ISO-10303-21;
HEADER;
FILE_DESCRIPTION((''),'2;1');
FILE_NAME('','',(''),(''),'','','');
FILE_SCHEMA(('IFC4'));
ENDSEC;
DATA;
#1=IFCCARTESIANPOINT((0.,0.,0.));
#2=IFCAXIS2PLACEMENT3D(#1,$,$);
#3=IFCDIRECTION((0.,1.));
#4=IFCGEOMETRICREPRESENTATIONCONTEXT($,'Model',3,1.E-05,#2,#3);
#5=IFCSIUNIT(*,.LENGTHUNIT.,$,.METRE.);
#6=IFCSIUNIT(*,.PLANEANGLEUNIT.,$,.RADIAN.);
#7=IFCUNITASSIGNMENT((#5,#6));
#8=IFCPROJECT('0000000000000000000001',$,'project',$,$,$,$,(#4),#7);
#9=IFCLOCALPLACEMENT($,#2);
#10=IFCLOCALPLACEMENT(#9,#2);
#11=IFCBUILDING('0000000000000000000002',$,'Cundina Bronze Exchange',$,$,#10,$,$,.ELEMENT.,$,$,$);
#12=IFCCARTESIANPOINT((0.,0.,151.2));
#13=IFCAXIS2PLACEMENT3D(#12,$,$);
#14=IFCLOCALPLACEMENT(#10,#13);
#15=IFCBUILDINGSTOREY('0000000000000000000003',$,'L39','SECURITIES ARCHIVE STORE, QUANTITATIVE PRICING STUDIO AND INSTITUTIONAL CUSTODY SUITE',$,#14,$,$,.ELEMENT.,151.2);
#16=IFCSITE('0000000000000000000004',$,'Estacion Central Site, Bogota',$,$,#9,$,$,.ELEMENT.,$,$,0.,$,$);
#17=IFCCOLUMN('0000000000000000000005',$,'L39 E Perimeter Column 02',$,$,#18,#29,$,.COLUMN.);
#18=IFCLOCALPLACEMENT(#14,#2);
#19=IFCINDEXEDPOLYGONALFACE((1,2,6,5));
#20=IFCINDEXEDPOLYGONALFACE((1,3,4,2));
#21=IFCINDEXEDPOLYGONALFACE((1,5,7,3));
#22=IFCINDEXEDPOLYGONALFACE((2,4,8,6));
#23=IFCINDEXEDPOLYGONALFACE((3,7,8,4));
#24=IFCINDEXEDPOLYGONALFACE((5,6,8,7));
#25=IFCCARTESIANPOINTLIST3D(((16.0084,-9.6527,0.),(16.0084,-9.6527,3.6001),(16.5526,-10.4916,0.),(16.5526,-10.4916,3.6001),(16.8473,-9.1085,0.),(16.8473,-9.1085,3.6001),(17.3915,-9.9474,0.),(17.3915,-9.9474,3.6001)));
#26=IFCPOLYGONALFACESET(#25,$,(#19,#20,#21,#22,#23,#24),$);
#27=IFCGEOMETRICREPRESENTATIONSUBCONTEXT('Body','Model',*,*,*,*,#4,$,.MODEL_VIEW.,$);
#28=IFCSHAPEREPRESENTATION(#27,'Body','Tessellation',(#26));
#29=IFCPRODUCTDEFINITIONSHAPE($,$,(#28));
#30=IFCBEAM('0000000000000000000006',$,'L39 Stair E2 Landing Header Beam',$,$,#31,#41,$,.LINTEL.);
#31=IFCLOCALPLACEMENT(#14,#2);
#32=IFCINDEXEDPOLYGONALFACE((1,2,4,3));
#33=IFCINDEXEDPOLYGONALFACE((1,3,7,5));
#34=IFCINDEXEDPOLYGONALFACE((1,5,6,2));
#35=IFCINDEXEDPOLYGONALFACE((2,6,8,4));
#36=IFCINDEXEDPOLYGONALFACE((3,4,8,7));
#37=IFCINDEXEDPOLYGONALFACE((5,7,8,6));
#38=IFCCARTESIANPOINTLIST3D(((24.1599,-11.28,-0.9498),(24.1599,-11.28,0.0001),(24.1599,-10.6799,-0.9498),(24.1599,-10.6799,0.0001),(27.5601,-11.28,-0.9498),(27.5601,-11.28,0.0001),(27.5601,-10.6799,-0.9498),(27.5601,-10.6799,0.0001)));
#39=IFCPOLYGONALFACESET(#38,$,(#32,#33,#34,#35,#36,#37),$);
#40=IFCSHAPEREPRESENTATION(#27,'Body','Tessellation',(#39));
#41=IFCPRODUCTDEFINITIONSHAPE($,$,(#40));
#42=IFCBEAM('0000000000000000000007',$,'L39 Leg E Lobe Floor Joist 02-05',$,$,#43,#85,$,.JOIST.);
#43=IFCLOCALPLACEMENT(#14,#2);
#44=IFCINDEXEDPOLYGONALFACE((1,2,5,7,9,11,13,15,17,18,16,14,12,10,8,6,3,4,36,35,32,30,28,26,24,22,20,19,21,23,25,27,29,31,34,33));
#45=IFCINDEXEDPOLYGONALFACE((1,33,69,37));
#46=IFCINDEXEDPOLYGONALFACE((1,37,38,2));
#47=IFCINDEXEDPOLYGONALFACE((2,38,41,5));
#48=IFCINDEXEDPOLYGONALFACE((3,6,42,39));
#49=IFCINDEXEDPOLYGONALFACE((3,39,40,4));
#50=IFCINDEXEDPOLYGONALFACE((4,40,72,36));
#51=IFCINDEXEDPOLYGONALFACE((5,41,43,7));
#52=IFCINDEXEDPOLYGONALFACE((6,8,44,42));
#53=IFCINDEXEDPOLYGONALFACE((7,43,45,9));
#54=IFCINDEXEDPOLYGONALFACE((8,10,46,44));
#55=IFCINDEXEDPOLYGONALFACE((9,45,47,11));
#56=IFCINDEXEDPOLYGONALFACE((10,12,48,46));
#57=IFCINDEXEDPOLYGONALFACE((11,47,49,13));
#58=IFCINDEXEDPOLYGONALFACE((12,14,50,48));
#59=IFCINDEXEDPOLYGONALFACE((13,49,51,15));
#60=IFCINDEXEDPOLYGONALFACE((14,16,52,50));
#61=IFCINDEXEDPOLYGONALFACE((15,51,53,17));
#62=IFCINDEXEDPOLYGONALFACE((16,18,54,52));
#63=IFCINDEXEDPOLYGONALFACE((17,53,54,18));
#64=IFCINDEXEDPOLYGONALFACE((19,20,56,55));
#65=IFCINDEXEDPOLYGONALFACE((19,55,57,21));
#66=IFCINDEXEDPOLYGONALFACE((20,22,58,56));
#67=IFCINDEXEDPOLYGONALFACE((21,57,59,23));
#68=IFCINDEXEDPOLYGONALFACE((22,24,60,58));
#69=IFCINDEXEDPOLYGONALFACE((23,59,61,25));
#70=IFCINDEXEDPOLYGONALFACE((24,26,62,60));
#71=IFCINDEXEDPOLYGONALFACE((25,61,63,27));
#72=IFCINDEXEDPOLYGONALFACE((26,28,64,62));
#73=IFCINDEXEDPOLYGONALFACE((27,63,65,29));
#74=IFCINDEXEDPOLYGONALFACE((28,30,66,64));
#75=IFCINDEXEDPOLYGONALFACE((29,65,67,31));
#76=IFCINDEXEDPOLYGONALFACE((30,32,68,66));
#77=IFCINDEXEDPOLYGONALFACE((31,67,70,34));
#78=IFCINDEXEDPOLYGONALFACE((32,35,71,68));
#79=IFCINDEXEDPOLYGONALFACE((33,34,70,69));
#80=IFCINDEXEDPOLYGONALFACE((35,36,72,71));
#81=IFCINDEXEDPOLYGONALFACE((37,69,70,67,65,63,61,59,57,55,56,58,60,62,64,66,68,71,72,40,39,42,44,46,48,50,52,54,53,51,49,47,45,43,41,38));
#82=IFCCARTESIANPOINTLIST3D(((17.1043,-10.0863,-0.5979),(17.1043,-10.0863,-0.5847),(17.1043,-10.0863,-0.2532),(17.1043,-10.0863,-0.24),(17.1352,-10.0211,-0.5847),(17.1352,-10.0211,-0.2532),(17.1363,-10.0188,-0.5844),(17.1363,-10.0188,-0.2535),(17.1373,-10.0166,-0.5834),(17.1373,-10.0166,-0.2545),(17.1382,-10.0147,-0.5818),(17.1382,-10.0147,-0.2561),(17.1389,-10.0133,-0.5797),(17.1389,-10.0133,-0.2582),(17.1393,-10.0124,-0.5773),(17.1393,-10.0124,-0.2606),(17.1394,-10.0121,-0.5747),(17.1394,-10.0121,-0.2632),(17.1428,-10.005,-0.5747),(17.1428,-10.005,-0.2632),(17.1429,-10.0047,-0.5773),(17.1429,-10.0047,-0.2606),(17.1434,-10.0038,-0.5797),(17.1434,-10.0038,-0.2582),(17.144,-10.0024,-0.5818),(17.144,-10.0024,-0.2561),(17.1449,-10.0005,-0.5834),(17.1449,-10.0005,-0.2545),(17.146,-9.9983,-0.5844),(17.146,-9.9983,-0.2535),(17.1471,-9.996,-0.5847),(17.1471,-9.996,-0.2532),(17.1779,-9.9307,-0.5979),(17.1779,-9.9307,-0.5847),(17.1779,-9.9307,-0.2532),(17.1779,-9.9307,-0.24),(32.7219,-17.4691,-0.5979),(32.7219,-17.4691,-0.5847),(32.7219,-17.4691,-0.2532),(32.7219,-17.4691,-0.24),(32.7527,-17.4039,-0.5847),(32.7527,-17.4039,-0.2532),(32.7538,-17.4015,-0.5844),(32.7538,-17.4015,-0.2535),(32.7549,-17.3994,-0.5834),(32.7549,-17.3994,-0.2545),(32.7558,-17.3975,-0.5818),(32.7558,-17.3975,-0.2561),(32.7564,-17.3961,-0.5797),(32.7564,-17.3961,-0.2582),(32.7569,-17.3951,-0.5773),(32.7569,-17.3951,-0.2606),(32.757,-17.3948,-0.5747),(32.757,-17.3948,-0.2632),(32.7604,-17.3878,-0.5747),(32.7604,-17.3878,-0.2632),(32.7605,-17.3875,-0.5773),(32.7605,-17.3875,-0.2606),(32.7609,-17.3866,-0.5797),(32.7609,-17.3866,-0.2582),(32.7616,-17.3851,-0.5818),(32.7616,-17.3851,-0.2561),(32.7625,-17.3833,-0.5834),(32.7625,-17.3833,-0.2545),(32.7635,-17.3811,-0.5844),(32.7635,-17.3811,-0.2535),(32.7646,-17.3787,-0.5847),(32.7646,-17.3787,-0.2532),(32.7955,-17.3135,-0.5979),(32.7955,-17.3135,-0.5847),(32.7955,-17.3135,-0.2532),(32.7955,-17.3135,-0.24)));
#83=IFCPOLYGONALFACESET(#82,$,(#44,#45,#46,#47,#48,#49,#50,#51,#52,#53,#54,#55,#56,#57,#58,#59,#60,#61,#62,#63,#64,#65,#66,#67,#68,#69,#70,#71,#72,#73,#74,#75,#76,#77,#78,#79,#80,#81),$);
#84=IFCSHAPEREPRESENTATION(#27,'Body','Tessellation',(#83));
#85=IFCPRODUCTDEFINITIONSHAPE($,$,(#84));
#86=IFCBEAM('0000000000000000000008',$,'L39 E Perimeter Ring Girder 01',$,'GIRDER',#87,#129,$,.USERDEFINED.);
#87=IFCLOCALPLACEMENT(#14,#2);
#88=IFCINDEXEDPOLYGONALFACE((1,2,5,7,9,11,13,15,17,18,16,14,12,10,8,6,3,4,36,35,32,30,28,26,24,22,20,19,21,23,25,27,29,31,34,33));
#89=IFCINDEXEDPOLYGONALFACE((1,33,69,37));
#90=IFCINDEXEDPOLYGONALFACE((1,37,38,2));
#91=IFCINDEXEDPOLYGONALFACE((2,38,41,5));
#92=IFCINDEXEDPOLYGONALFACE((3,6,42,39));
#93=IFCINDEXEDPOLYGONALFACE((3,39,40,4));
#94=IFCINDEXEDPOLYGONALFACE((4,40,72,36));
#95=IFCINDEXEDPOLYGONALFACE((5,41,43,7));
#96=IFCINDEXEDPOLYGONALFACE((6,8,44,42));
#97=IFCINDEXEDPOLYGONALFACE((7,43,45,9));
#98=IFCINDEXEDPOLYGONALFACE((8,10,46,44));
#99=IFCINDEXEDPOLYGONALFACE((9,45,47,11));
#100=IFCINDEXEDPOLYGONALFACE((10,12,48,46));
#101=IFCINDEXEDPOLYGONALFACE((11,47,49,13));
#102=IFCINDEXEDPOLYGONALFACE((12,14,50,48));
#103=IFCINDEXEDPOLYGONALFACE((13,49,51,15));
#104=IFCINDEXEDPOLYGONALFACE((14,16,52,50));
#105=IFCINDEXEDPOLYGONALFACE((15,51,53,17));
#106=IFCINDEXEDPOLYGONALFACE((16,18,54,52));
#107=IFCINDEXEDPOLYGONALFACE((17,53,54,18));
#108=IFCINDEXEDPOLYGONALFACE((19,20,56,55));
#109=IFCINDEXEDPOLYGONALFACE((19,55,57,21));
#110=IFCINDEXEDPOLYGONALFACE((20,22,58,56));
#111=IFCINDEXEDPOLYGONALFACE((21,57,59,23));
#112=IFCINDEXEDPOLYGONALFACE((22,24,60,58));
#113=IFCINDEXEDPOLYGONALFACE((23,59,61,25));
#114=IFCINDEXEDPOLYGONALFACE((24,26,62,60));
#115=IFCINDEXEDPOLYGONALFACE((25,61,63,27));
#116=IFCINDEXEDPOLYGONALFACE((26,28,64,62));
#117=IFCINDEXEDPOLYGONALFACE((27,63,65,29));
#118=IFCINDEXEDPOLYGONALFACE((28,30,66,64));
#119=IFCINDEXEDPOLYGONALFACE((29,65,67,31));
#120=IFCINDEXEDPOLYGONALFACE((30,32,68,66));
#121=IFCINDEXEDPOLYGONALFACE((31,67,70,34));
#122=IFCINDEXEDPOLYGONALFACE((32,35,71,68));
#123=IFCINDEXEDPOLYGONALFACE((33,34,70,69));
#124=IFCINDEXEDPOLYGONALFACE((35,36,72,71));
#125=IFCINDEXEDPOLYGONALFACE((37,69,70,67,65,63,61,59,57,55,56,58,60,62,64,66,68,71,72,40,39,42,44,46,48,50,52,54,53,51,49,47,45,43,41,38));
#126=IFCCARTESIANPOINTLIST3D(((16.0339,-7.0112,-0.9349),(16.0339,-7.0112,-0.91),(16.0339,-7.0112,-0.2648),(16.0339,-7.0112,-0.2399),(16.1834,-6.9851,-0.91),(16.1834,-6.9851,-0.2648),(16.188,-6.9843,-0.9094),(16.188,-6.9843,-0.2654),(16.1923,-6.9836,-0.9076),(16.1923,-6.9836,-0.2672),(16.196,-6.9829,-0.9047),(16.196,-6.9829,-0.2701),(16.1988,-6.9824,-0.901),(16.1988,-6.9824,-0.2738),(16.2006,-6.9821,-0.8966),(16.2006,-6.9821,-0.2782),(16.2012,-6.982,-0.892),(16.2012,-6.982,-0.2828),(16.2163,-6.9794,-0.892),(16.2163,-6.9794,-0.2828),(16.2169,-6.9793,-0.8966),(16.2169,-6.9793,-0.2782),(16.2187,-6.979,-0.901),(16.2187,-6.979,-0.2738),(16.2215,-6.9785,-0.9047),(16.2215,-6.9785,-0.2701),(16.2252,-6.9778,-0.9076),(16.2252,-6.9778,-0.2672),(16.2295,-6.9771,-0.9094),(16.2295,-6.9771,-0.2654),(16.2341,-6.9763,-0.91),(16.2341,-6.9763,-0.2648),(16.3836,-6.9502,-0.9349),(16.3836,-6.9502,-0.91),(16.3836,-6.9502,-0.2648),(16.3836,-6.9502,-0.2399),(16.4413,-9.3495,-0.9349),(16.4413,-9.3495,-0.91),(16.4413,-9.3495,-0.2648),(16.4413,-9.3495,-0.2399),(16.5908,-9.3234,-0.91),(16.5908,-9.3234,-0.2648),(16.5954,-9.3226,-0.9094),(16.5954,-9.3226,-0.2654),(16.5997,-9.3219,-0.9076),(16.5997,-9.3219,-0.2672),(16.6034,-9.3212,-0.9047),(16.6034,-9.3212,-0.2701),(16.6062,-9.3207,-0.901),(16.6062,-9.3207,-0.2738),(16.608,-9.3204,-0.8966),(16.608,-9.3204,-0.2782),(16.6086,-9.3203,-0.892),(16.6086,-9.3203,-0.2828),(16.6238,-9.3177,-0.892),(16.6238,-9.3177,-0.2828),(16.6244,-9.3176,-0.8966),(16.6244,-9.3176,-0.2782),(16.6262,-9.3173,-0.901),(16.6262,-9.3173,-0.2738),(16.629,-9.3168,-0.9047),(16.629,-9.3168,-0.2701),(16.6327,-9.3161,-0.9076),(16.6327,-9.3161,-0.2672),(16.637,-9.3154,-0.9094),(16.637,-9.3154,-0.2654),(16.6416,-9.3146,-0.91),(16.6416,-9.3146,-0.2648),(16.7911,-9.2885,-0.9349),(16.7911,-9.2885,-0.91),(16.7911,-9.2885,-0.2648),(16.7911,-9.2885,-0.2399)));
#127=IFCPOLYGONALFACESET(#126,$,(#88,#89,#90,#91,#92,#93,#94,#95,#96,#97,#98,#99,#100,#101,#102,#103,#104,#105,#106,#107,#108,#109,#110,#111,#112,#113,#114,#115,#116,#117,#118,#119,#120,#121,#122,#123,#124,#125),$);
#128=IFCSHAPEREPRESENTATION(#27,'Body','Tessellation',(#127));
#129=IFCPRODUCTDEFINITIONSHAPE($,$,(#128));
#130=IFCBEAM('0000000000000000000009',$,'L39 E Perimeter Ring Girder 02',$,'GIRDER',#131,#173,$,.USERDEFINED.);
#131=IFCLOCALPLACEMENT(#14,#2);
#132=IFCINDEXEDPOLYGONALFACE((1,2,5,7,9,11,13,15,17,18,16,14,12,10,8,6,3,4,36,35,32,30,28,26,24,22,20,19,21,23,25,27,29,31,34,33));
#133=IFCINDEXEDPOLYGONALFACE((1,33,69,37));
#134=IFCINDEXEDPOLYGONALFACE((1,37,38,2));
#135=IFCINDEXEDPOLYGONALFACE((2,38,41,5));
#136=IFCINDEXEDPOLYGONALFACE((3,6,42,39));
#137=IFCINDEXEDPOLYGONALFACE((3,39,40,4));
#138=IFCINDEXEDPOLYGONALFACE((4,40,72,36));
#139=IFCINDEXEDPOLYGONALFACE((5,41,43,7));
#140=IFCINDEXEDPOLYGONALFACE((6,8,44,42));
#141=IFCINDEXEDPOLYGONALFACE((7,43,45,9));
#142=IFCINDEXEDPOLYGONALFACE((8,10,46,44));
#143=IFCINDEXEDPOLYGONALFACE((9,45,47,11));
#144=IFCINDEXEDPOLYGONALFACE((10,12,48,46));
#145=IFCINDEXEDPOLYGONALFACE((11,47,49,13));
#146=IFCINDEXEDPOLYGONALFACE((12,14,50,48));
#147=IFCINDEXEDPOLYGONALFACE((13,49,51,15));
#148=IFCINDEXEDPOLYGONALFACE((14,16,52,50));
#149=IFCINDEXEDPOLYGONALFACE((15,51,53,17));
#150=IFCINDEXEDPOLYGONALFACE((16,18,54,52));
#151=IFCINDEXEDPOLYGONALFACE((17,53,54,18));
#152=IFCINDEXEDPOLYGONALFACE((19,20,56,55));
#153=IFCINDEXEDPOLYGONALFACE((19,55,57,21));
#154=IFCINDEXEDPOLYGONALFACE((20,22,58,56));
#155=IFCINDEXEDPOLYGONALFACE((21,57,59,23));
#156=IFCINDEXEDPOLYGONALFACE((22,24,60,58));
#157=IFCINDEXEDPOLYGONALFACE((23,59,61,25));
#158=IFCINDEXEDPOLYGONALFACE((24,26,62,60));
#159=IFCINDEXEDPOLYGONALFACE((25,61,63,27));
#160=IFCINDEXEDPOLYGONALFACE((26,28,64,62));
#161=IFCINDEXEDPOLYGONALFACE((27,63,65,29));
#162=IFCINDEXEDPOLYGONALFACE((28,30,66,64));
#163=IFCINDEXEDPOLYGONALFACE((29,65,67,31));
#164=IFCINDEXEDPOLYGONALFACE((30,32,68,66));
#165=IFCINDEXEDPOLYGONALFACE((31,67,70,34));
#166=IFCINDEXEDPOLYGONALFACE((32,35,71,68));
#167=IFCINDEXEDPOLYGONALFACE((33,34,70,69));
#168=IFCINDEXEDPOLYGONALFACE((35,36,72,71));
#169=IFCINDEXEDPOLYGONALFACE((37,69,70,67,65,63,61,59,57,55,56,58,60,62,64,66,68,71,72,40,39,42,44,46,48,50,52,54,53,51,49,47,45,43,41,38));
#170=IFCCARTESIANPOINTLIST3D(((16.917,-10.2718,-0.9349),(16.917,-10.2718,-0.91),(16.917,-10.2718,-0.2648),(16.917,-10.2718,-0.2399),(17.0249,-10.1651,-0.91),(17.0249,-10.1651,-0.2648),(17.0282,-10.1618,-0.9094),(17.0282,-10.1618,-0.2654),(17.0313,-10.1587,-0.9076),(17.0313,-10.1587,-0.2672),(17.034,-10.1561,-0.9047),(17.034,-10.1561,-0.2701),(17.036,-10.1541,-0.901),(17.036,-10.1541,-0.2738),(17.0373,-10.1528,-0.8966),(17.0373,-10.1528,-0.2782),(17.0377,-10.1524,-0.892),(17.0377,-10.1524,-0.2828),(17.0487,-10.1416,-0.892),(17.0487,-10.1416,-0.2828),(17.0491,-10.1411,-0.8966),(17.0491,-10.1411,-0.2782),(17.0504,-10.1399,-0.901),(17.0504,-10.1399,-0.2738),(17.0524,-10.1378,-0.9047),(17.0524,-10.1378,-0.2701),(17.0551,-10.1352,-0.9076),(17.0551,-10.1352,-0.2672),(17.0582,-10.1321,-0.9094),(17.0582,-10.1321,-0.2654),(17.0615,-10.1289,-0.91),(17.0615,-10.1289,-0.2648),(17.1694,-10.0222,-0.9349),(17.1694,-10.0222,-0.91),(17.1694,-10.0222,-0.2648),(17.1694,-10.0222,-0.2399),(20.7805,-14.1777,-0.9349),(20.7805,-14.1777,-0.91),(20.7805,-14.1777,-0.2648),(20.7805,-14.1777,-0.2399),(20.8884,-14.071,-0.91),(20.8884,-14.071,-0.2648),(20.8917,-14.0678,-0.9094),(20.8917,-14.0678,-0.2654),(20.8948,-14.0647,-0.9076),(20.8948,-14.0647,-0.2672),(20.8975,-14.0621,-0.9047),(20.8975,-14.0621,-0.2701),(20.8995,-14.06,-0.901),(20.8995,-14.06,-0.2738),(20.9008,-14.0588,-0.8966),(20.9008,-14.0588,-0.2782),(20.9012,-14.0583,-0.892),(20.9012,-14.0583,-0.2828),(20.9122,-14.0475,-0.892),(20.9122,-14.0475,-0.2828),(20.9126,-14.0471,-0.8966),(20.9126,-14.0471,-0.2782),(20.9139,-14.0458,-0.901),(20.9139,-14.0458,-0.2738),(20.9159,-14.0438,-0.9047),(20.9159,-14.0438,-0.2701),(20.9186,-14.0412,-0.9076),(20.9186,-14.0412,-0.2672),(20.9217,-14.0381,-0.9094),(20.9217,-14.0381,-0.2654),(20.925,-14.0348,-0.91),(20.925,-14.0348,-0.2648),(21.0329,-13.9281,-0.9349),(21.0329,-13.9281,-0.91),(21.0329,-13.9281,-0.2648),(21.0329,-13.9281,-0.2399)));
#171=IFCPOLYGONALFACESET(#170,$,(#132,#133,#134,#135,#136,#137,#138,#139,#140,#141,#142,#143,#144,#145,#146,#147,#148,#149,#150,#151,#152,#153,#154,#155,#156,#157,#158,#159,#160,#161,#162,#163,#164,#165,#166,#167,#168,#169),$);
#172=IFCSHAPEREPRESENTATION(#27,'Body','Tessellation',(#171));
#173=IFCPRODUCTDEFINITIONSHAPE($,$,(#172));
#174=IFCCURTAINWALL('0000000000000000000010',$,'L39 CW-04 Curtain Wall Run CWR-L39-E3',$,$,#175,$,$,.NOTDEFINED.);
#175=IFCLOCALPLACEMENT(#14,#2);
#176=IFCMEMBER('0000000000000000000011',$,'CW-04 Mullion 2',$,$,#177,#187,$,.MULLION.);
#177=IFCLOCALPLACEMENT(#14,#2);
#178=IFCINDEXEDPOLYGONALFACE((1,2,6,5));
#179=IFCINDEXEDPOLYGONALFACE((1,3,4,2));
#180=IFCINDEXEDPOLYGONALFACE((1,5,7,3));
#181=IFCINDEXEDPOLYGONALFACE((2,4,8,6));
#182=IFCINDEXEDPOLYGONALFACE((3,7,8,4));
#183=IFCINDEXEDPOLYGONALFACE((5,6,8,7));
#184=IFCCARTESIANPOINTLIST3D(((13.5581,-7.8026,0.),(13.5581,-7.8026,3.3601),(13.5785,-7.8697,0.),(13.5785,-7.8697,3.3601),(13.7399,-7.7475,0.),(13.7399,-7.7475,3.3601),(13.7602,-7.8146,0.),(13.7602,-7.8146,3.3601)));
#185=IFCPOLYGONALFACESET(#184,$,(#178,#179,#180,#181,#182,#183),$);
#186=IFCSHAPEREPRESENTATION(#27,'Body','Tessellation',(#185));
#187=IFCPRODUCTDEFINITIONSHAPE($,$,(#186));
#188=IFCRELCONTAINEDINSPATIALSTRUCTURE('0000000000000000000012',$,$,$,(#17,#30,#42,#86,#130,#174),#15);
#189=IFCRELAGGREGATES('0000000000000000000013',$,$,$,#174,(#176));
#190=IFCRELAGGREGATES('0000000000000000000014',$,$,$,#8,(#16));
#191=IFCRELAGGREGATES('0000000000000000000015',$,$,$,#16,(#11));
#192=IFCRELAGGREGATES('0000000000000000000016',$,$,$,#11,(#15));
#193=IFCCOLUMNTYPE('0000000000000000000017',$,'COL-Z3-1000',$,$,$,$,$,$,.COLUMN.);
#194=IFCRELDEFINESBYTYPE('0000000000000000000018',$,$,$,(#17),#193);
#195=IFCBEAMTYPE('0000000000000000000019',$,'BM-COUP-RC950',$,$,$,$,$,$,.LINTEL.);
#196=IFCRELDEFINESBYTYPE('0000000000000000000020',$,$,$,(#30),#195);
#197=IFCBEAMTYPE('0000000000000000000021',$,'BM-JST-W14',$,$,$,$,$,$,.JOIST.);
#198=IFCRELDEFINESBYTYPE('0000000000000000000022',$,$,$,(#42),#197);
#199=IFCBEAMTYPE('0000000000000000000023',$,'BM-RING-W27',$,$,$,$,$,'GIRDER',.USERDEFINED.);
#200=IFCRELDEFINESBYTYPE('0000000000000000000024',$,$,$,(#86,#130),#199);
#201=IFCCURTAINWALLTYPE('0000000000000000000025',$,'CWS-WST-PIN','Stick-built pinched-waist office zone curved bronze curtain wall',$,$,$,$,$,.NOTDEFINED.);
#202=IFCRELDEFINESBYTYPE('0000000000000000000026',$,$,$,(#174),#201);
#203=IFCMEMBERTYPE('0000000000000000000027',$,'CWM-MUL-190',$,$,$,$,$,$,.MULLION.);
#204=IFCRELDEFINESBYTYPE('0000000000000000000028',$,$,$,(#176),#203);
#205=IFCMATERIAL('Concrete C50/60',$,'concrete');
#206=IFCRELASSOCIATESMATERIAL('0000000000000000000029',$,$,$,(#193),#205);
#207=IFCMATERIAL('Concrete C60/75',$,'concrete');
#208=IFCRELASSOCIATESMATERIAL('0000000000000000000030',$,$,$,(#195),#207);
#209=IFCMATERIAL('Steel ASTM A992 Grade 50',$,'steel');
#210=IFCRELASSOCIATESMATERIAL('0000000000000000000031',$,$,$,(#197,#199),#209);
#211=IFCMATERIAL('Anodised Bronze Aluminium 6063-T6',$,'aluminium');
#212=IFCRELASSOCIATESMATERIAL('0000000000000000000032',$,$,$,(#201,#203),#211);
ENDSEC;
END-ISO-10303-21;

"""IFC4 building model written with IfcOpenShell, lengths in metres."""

from ifc_helpers import new_model, si_unit, direction, frame, origin, origin_2d, place, context, subcontext, project, spatial, rectangle, i_section, extrude, material, material_profile, profile_set, type_object, element, aggregate, save


model = new_model("IFC4")

# Units and contexts
model_context = context("Model", 3, precision=1e-05, world=origin(), true_north=direction((0.0, 1.0)))
body_context = subcontext(model_context, "Body", "Model", "MODEL_VIEW")
ifc_project = project(units=[si_unit("LENGTHUNIT", "METRE"), si_unit("PLANEANGLEUNIT", "RADIAN")], contexts=[model_context])

# Site, building, storey
site_placement = place(None, origin())
site = spatial("IfcSite", under=ifc_project, at=site_placement, Name="Estacion Central Site, Bogota", CompositionType="ELEMENT", RefElevation=0.0)
building_placement = place(site_placement, origin())
building = spatial("IfcBuilding", under=site, at=building_placement, Name="Cundina Bronze Exchange", CompositionType="ELEMENT")
storey_placement = place(building_placement, frame((0.0, 0.0, 151.2)))
storey = spatial("IfcBuildingStorey", under=building, at=storey_placement, Name="L39", Description="SECURITIES ARCHIVE STORE, QUANTITATIVE PRICING STUDIO AND INSTITUTIONAL CUSTODY SUITE", CompositionType="ELEMENT", Elevation=151.2)

# Column
ifc_material_1 = material(Name="Concrete C50/60", Category="concrete")
ifc_material_profile_1 = material_profile(ifc_material_1, rectangle(XDim=1.0, YDim=1.0, at=origin_2d()), Name="RC1000X1000", Category="concrete")
ifc_profile_set_1 = profile_set([ifc_material_profile_1], Name="Concrete C50/60")
column_type = type_object("IfcColumnType", Name="COL-Z3-1000", PredefinedType="COLUMN", material=ifc_profile_set_1)
column_placement = place(storey_placement, frame((16.7, -9.8, 0.0), z_axis=(0.0, 0.0, 1.0), x_axis=(0.5442, -0.838956, 0.0)))
element("IfcColumn", 1, at=column_placement, inside=storey, type_object=column_type, Name="L39 E Perimeter Column 02", PredefinedType="COLUMN", context=body_context, shape_type="SweptSolid", body=[
    extrude(rectangle(XDim=1.0, YDim=1.0, at=origin_2d()), origin(), (0.0, 0.0, 1.0), 3.6001),
])

# Beams
ifc_material_2 = material(Name="Concrete C60/75", Category="concrete")
ifc_material_profile_2 = material_profile(ifc_material_2, rectangle(XDim=0.6001, YDim=0.95, at=origin_2d()), Name="RC600X950", Category="concrete")
ifc_profile_set_2 = profile_set([ifc_material_profile_2], Name="Concrete C60/75")
beam_type_1 = type_object("IfcBeamType", Name="BM-COUP-RC950", PredefinedType="LINTEL", material=ifc_profile_set_2)
beam_1_placement = place(storey_placement, frame((24.1599, -10.98, -0.4749), z_axis=(1.0, 0.0, 0.0), x_axis=(0.0, 1.0, 0.0)))
element("IfcBeam", 2, at=beam_1_placement, inside=storey, type_object=beam_type_1, Name="L39 Stair E2 Landing Header Beam", PredefinedType="LINTEL", context=body_context, shape_type="SweptSolid", body=[
    extrude(rectangle(XDim=0.6001, YDim=0.95, at=origin_2d()), origin(), (0.0, 0.0, 1.0), 3.4001),
])
ifc_material_3 = material(Name="Steel ASTM A992 Grade 50", Category="steel")
ifc_material_profile_3 = material_profile(ifc_material_3, i_section(OverallWidth=0.1721, OverallDepth=0.3579, WebThickness=0.0078, FlangeThickness=0.0132, FilletRadius=0.01, at=origin_2d()), Name="W14X38", Category="steel")
ifc_profile_set_3 = profile_set([ifc_material_profile_3], Name="Steel ASTM A992 Grade 50")
beam_type_2 = type_object("IfcBeamType", Name="BM-JST-W14", PredefinedType="JOIST", material=ifc_profile_set_3)
beam_2_placement = place(storey_placement, frame((17.1411, -10.0085, -0.4189), z_axis=(0.904074, -0.427375, 0.0), x_axis=(0.427375, 0.904074, 0.0)))
element("IfcBeam", 3, at=beam_2_placement, inside=storey, type_object=beam_type_2, Name="L39 Leg E Lobe Floor Joist 02-05", PredefinedType="JOIST", context=body_context, shape_type="SweptSolid", body=[
    extrude(i_section(OverallWidth=0.1721, OverallDepth=0.3579, WebThickness=0.0078, FlangeThickness=0.0132, FilletRadius=0.01, at=origin_2d()), origin(), (0.0, 0.0, 1.0), 17.2747),
])
ifc_material_profile_4 = material_profile(ifc_material_3, i_section(OverallWidth=0.355, OverallDepth=0.6951, WebThickness=0.0154, FlangeThickness=0.0249, FilletRadius=0.0181, at=origin_2d()), Name="W27X146", Category="steel")
ifc_profile_set_4 = profile_set([ifc_material_profile_4], Name="Steel ASTM A992 Grade 50")
beam_type_3 = type_object("IfcBeamType", Name="BM-RING-W27", ElementType="GIRDER", PredefinedType="USERDEFINED", material=ifc_profile_set_4)
beam_3_placement = place(storey_placement, frame((16.2087, -6.9807, -0.5874), z_axis=(0.171667, -0.985155, 0.0), x_axis=(0.985155, 0.171667, 0.0)))
element("IfcBeam", 4, at=beam_3_placement, inside=storey, type_object=beam_type_3, Name="L39 E Perimeter Ring Girder 01", ObjectType="GIRDER", PredefinedType="USERDEFINED", context=body_context, shape_type="SweptSolid", body=[
    extrude(i_section(OverallWidth=0.355, OverallDepth=0.6951, WebThickness=0.0154, FlangeThickness=0.0249, FilletRadius=0.0181, at=origin_2d()), origin(), (0.0, 0.0, 1.0), 2.3735),
])
beam_4_placement = place(storey_placement, frame((17.0432, -10.147, -0.5874), z_axis=(0.70323, -0.710962, 0.0), x_axis=(0.710962, 0.70323, 0.0)))
element("IfcBeam", 5, at=beam_4_placement, inside=storey, type_object=beam_type_3, Name="L39 E Perimeter Ring Girder 02", ObjectType="GIRDER", PredefinedType="USERDEFINED", context=body_context, shape_type="SweptSolid", body=[
    extrude(i_section(OverallWidth=0.355, OverallDepth=0.6951, WebThickness=0.0154, FlangeThickness=0.0249, FilletRadius=0.0181, at=origin_2d()), origin(), (0.0, 0.0, 1.0), 5.4939),
])

# Curtain wall, member
ifc_material_4 = material(Name="Anodised Bronze Aluminium 6063-T6", Category="aluminium")
curtain_wall_type = type_object("IfcCurtainWallType", Name="CWS-WST-PIN", Description="Stick-built pinched-waist office zone curved bronze curtain wall", PredefinedType="NOTDEFINED", material=ifc_material_4)
curtain_wall_placement = place(storey_placement, origin())
curtain_wall = element("IfcCurtainWall", 6, at=curtain_wall_placement, inside=storey, type_object=curtain_wall_type, Name="L39 CW-04 Curtain Wall Run CWR-L39-E3", PredefinedType="NOTDEFINED")
ifc_material_profile_5 = material_profile(ifc_material_4, rectangle(XDim=0.0701, YDim=0.1899, at=origin_2d()), Name="AL70X190", Category="aluminium")
ifc_profile_set_5 = profile_set([ifc_material_profile_5], Name="Anodised Bronze Aluminium 6063-T6")
member_type_1 = type_object("IfcMemberType", Name="CWM-MUL-190", PredefinedType="MULLION", material=ifc_profile_set_5)
member_1_placement = place(storey_placement, frame((13.6592, -7.8086, 0.0), z_axis=(0.0, 0.0, 1.0), x_axis=(0.290034, -0.957016, 0.0)))
member_1 = element("IfcMember", 7, at=member_1_placement, type_object=member_type_1, Name="CW-04 Mullion 2", PredefinedType="MULLION", context=body_context, shape_type="SweptSolid", body=[
    extrude(rectangle(XDim=0.0701, YDim=0.1899, at=origin_2d()), origin(), (0.0, 0.0, 1.0), 3.3601),
])
aggregate(curtain_wall, [member_1])

save(model, "model.ifc")
